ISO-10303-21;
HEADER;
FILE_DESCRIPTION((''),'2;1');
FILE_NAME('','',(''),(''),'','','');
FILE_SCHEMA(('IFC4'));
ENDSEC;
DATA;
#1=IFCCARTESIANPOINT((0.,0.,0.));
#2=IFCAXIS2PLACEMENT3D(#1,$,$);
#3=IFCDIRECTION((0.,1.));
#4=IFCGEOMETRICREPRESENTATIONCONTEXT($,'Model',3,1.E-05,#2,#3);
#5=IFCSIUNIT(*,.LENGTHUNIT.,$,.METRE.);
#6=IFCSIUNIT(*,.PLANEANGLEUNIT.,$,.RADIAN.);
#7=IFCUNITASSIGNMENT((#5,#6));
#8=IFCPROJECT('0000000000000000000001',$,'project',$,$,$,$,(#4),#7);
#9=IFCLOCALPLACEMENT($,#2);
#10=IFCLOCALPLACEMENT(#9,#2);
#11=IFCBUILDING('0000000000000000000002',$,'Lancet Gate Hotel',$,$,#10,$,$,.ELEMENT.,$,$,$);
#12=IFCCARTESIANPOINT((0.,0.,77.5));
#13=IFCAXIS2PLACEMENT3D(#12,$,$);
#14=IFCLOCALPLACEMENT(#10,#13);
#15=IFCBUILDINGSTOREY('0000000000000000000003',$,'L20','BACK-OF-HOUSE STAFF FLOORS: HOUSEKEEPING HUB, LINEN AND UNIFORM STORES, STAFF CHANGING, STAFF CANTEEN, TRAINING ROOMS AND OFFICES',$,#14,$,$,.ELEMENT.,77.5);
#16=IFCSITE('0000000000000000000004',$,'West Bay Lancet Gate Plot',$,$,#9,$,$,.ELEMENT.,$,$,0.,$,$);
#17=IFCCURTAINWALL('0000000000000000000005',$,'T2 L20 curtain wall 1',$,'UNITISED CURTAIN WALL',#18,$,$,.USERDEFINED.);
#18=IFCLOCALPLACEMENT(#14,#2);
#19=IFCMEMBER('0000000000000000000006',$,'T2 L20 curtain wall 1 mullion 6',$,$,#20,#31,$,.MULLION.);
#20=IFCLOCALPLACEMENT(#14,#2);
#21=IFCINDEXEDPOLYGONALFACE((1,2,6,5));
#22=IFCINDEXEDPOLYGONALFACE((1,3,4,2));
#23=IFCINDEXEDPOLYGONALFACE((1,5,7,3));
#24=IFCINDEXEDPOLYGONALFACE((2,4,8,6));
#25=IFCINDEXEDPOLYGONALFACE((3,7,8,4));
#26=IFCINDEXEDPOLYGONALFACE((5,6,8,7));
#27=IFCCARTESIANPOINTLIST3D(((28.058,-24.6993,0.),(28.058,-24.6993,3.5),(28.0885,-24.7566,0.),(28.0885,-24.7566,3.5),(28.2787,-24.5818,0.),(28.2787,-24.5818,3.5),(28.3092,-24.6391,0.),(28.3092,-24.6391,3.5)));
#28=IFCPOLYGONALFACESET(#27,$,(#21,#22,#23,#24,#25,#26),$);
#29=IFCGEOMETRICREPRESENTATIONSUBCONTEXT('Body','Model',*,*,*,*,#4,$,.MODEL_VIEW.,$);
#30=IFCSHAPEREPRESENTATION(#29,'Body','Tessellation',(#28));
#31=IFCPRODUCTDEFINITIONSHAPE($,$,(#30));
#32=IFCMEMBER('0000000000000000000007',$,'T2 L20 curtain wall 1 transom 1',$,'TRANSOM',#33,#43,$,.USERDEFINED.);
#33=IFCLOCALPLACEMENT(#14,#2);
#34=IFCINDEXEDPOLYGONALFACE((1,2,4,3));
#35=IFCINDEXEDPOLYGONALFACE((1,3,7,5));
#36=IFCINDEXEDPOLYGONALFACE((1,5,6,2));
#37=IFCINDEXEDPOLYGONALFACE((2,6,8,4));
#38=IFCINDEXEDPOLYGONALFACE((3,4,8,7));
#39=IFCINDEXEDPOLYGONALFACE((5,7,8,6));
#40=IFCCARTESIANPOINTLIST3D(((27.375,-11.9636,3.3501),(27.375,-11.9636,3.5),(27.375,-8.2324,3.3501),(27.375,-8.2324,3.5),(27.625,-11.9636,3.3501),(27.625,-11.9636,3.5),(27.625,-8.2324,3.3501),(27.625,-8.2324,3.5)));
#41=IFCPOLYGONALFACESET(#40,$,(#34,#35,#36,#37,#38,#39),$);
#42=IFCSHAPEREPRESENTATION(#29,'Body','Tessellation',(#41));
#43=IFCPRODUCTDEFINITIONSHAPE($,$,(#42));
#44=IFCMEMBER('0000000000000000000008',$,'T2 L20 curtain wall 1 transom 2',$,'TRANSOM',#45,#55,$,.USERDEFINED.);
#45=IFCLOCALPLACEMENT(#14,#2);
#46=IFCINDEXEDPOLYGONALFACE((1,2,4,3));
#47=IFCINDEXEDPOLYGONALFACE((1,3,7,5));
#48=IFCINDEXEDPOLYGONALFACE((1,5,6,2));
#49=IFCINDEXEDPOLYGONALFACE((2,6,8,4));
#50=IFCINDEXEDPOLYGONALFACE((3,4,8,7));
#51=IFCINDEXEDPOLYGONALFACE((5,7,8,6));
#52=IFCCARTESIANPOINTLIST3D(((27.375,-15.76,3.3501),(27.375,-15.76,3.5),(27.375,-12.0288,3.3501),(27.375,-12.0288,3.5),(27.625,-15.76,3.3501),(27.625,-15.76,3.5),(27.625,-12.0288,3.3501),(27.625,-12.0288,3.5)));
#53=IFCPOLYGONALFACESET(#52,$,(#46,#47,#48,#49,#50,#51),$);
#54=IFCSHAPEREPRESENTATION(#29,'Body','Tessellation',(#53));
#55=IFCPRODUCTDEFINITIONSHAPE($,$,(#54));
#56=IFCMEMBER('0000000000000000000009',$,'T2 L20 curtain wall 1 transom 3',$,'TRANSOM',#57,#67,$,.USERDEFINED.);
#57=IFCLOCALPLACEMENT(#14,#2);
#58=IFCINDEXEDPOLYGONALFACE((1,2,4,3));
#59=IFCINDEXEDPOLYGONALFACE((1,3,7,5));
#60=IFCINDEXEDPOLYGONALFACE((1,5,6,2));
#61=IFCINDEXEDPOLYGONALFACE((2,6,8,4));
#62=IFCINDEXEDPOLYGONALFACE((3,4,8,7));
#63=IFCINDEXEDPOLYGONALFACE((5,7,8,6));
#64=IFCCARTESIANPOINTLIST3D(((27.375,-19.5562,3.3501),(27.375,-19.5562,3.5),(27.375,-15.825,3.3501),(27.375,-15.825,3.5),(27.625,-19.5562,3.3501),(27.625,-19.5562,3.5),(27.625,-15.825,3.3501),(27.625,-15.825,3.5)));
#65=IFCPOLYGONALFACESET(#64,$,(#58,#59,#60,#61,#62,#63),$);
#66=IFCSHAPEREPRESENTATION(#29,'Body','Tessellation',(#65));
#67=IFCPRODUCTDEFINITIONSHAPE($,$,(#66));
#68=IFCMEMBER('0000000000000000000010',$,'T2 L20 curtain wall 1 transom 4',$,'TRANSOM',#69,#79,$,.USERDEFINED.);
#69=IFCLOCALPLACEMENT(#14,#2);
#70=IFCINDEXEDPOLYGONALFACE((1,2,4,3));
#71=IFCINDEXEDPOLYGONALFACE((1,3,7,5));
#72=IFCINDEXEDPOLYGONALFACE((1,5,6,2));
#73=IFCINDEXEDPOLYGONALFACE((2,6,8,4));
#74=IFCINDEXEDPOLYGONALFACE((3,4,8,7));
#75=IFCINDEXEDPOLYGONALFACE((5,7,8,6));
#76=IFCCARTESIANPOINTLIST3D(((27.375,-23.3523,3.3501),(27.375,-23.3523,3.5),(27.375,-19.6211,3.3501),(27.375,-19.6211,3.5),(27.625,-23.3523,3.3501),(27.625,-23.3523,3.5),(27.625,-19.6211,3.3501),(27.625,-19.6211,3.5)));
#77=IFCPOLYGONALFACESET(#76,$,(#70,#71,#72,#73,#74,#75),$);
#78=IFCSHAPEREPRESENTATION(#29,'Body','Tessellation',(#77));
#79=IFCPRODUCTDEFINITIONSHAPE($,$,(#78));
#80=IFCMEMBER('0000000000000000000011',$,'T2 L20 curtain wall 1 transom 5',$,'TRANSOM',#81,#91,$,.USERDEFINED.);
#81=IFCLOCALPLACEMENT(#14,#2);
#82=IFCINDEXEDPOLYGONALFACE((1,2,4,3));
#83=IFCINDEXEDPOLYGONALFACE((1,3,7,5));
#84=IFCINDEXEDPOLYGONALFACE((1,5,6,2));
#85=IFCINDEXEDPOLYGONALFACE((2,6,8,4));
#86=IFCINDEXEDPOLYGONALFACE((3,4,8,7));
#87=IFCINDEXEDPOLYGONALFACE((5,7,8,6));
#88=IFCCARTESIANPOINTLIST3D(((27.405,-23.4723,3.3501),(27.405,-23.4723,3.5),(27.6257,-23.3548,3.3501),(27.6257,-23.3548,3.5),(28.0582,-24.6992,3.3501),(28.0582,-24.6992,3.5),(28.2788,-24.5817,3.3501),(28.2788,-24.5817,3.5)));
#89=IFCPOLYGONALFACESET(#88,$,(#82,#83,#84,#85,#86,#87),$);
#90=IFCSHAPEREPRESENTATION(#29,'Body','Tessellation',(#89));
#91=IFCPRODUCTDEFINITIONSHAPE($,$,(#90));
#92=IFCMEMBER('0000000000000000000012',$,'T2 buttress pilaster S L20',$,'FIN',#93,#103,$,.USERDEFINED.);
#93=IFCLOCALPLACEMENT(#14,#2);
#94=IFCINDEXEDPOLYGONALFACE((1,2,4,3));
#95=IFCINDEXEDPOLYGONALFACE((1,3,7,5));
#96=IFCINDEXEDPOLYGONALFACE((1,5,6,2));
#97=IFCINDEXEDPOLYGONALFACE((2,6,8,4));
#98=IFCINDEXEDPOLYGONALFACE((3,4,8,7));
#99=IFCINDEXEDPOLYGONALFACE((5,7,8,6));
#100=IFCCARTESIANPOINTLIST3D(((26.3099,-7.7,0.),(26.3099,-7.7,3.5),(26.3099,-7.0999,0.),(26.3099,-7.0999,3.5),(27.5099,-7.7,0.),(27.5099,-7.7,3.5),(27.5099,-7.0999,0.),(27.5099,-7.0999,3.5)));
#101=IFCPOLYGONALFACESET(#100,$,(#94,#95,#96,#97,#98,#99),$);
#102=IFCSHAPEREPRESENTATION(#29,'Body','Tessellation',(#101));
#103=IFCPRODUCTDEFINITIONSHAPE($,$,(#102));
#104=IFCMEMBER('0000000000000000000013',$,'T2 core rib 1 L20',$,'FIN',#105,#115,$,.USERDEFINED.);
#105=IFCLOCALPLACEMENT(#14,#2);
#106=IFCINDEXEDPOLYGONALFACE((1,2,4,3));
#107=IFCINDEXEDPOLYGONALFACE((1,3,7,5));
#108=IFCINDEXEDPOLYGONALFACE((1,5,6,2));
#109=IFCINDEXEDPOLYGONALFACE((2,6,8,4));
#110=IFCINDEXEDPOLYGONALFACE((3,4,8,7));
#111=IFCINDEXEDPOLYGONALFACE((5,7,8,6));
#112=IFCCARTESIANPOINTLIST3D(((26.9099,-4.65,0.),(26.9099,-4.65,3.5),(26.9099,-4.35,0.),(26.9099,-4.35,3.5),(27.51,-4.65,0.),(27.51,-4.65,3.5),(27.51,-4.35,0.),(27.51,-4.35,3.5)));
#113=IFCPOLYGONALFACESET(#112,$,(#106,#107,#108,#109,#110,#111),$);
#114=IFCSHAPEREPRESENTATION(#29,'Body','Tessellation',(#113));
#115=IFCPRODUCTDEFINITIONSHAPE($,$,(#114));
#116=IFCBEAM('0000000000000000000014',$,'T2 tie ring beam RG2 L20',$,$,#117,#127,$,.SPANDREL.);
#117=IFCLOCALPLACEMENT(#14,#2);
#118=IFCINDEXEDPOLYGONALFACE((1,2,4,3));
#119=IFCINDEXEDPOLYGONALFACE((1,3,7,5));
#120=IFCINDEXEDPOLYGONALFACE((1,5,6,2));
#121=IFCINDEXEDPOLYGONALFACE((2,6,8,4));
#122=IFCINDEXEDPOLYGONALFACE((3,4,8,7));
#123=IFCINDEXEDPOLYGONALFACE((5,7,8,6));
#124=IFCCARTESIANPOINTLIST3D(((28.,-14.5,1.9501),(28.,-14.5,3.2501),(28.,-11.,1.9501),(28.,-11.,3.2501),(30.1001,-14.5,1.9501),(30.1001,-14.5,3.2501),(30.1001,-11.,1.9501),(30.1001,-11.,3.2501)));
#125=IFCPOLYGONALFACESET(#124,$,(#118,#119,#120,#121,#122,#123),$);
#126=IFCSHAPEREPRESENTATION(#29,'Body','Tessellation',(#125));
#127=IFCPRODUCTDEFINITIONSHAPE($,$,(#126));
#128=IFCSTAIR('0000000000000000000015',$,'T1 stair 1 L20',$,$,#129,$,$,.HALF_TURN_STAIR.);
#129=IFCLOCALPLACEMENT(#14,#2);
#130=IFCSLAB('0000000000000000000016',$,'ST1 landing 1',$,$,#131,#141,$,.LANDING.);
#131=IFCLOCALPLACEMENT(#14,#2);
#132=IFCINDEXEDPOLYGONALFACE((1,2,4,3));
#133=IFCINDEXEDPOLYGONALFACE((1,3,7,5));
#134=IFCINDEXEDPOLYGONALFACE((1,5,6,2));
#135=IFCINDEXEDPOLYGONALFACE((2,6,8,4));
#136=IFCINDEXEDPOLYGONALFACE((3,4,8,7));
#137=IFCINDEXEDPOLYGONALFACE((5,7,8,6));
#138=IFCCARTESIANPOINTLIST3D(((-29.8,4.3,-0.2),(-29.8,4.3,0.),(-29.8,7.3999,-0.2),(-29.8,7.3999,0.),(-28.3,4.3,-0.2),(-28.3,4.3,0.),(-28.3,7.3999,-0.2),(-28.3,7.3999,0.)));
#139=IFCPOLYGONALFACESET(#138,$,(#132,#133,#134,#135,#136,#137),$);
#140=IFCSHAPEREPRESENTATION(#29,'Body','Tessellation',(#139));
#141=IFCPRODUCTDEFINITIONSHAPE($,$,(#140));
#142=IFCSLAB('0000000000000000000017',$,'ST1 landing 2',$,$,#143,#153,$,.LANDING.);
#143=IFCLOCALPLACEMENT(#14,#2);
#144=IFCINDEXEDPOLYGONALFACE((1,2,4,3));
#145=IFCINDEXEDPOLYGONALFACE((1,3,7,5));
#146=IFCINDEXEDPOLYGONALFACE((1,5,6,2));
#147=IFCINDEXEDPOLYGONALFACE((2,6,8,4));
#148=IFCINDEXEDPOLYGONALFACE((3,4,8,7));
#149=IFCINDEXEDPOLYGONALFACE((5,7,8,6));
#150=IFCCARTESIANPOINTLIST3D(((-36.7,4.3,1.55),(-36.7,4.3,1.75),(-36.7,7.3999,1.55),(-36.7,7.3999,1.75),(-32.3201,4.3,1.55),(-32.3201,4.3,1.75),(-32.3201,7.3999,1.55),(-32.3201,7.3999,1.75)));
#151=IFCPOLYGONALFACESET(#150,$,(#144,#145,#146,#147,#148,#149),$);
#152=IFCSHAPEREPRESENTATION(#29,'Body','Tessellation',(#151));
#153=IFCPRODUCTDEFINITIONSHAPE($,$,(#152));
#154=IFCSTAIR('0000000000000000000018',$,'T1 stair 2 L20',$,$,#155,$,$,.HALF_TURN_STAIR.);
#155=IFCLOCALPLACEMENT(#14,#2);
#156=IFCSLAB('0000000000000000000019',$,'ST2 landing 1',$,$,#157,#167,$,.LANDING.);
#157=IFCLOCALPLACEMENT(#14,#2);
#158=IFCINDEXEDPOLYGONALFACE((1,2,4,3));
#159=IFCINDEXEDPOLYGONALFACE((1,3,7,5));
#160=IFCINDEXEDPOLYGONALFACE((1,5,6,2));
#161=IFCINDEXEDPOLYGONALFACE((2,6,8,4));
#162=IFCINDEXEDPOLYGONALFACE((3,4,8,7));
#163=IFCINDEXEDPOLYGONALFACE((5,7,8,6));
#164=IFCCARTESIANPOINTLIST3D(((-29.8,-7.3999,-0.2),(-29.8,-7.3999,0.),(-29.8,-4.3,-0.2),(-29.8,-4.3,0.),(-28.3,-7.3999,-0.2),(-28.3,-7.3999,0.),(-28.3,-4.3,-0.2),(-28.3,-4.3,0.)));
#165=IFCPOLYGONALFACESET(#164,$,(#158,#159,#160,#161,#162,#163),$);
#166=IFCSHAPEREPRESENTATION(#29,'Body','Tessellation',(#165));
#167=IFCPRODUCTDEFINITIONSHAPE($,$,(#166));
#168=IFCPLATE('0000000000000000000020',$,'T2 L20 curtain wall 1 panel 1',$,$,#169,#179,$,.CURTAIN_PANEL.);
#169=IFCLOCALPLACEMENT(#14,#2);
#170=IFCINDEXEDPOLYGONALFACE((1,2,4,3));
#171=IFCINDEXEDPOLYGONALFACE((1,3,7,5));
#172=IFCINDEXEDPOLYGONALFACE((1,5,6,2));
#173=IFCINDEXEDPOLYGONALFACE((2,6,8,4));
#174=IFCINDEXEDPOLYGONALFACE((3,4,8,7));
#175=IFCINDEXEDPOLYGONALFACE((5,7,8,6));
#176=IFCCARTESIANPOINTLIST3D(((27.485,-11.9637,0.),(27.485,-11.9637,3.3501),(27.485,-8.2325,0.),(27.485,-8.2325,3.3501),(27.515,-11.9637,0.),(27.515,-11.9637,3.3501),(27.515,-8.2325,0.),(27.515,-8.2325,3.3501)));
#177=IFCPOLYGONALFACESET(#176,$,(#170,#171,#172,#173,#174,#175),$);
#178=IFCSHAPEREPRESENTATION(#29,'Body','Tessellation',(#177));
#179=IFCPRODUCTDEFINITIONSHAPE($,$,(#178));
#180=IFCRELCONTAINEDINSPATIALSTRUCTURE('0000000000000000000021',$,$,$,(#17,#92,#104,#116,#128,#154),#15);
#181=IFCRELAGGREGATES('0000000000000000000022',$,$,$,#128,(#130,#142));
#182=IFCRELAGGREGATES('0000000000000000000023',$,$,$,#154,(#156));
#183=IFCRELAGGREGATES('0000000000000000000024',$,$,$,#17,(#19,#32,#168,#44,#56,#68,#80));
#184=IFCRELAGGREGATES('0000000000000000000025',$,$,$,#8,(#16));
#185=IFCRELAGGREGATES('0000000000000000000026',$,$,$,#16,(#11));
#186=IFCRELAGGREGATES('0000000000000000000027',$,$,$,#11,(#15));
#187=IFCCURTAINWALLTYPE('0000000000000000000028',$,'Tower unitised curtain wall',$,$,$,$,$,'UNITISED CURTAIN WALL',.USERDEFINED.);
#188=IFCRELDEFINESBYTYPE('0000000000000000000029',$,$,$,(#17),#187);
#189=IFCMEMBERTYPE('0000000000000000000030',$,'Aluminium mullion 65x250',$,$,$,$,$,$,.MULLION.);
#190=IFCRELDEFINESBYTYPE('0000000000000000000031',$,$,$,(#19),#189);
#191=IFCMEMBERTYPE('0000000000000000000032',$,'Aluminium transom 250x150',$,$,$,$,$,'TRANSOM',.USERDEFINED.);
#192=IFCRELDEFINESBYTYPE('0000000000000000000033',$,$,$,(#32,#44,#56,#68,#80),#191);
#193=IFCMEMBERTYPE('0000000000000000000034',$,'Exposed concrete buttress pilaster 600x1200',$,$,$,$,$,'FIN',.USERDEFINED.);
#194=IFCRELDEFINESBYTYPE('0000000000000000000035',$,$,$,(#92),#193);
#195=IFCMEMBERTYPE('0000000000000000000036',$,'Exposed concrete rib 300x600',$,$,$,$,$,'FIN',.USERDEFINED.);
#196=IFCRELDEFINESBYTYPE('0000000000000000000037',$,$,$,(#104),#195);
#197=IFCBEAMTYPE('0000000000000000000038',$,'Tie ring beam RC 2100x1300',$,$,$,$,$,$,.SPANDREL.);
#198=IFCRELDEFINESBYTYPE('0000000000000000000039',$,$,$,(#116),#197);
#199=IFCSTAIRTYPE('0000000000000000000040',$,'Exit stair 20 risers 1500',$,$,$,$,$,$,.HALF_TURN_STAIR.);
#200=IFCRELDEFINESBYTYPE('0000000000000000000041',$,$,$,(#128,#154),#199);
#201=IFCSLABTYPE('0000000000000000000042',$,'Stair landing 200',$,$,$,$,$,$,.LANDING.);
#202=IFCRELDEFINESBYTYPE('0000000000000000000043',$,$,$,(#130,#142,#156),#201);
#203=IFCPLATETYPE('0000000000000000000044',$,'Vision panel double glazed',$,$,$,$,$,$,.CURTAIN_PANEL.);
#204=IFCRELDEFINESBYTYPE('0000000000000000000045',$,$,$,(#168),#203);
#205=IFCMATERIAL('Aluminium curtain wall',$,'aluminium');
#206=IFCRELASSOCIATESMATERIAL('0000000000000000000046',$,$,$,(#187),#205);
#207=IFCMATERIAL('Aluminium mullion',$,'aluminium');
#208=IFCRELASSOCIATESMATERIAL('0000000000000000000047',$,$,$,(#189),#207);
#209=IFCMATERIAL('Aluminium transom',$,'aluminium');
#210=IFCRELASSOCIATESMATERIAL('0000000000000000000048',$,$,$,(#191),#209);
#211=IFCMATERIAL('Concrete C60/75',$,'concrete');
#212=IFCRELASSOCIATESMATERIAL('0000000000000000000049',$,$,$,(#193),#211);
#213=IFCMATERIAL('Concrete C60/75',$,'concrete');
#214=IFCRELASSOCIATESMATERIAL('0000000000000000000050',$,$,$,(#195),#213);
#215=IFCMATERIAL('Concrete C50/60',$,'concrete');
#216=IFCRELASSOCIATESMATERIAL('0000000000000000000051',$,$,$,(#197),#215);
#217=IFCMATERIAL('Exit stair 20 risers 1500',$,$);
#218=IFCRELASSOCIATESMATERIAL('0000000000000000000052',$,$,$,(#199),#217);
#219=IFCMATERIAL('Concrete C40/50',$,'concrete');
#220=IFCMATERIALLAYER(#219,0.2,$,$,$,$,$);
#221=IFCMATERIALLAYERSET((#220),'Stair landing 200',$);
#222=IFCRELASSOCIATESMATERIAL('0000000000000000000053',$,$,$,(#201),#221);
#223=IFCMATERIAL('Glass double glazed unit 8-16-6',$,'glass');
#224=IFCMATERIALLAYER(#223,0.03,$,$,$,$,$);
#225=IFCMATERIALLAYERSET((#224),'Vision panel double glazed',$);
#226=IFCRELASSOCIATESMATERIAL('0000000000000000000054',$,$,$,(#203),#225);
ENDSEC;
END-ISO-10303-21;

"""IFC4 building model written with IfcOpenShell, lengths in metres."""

from ifc_helpers import new_model, si_unit, direction, frame, origin, origin_2d, place, context, subcontext, project, spatial, polyline, rectangle, outline, extrude, material, layer, layer_set, material_profile, profile_set, type_object, element, aggregate, save


model = new_model("IFC4")

# Units and contexts
model_context = context("Model", 3, precision=1e-05, world=origin(), true_north=direction((0.0, 1.0)))
body_context = subcontext(model_context, "Body", "Model", "MODEL_VIEW")
ifc_project = project(units=[si_unit("LENGTHUNIT", "METRE"), si_unit("PLANEANGLEUNIT", "RADIAN")], contexts=[model_context])

# Site, building, storey
site_placement = place(None, origin())
site = spatial("IfcSite", under=ifc_project, at=site_placement, Name="West Bay Lancet Gate Plot", CompositionType="ELEMENT", RefElevation=0.0)
building_placement = place(site_placement, origin())
building = spatial("IfcBuilding", under=site, at=building_placement, Name="Lancet Gate Hotel", CompositionType="ELEMENT")
storey_placement = place(building_placement, frame((0.0, 0.0, 77.5)))
storey = spatial("IfcBuildingStorey", under=building, at=storey_placement, Name="L20", Description="BACK-OF-HOUSE STAFF FLOORS: HOUSEKEEPING HUB, LINEN AND UNIFORM STORES, STAFF CHANGING, STAFF CANTEEN, TRAINING ROOMS AND OFFICES", CompositionType="ELEMENT", Elevation=77.5)

# Curtain wall, members
ifc_material_1 = material(Name="Aluminium curtain wall", Category="aluminium")
curtain_wall_type = type_object("IfcCurtainWallType", Name="Tower unitised curtain wall", ElementType="UNITISED CURTAIN WALL", PredefinedType="USERDEFINED", material=ifc_material_1)
curtain_wall_placement = place(storey_placement, origin())
curtain_wall = element("IfcCurtainWall", 1, at=curtain_wall_placement, inside=storey, type_object=curtain_wall_type, Name="T2 L20 curtain wall 1", ObjectType="UNITISED CURTAIN WALL", PredefinedType="USERDEFINED")
ifc_material_2 = material(Name="Aluminium mullion", Category="aluminium")
ifc_material_profile_1 = material_profile(ifc_material_2, rectangle(XDim=0.0649, YDim=0.25, at=origin_2d()), Name="MULLION 65x250")
ifc_profile_set_1 = profile_set([ifc_material_profile_1], Name="Aluminium mullion")
member_type_1 = type_object("IfcMemberType", Name="Aluminium mullion 65x250", PredefinedType="MULLION", material=ifc_profile_set_1)
member_1_placement = place(storey_placement, frame((28.1836, -24.6692, 0.0), z_axis=(0.0, 0.0, 1.0), x_axis=(0.469898, -0.882721, 0.0)))
member_1 = element("IfcMember", 2, at=member_1_placement, type_object=member_type_1, Name="T2 L20 curtain wall 1 mullion 6", PredefinedType="MULLION", context=body_context, shape_type="SweptSolid", body=[
    extrude(rectangle(XDim=0.0649, YDim=0.25, at=origin_2d()), origin(), (0.0, 0.0, 1.0), 3.5),
])
ifc_material_3 = material(Name="Aluminium transom", Category="aluminium")
ifc_material_profile_2 = material_profile(ifc_material_3, rectangle(XDim=0.25, YDim=0.1499, at=origin_2d()), Name="TRANSOM 250x150")
ifc_profile_set_2 = profile_set([ifc_material_profile_2], Name="Aluminium transom")
member_type_2 = type_object("IfcMemberType", Name="Aluminium transom 250x150", ElementType="TRANSOM", PredefinedType="USERDEFINED", material=ifc_profile_set_2)
member_2_placement = place(storey_placement, frame((27.5, -8.2324, 3.425), z_axis=(0.0, -1.0, 0.0), x_axis=(1.0, 0.0, 0.0)))
member_2 = element("IfcMember", 3, at=member_2_placement, type_object=member_type_2, Name="T2 L20 curtain wall 1 transom 1", ObjectType="TRANSOM", PredefinedType="USERDEFINED", context=body_context, shape_type="SweptSolid", body=[
    extrude(rectangle(XDim=0.25, YDim=0.1499, at=origin_2d()), origin(), (0.0, 0.0, 1.0), 3.7312),
])
member_3_placement = place(storey_placement, frame((27.5, -12.0288, 3.425), z_axis=(0.0, -1.0, 0.0), x_axis=(1.0, 0.0, 0.0)))
member_3 = element("IfcMember", 4, at=member_3_placement, type_object=member_type_2, Name="T2 L20 curtain wall 1 transom 2", ObjectType="TRANSOM", PredefinedType="USERDEFINED", context=body_context, shape_type="SweptSolid", body=[
    extrude(rectangle(XDim=0.25, YDim=0.1499, at=origin_2d()), origin(), (0.0, 0.0, 1.0), 3.7312),
])
member_4_placement = place(storey_placement, frame((27.5, -15.825, 3.425), z_axis=(0.0, -1.0, 0.0), x_axis=(1.0, 0.0, 0.0)))
member_4 = element("IfcMember", 5, at=member_4_placement, type_object=member_type_2, Name="T2 L20 curtain wall 1 transom 3", ObjectType="TRANSOM", PredefinedType="USERDEFINED", context=body_context, shape_type="SweptSolid", body=[
    extrude(rectangle(XDim=0.25, YDim=0.1499, at=origin_2d()), origin(), (0.0, 0.0, 1.0), 3.7312),
])
member_5_placement = place(storey_placement, frame((27.5, -19.6211, 3.425), z_axis=(0.0, -1.0, 0.0), x_axis=(1.0, 0.0, 0.0)))
member_5 = element("IfcMember", 6, at=member_5_placement, type_object=member_type_2, Name="T2 L20 curtain wall 1 transom 4", ObjectType="TRANSOM", PredefinedType="USERDEFINED", context=body_context, shape_type="SweptSolid", body=[
    extrude(rectangle(XDim=0.25, YDim=0.1499, at=origin_2d()), origin(), (0.0, 0.0, 1.0), 3.7312),
])
member_6_placement = place(storey_placement, frame((27.5154, -23.4136, 3.425), z_axis=(0.469904, -0.882717, 0.0), x_axis=(0.882717, 0.469904, 0.0)))
member_6 = element("IfcMember", 7, at=member_6_placement, type_object=member_type_2, Name="T2 L20 curtain wall 1 transom 5", ObjectType="TRANSOM", PredefinedType="USERDEFINED", context=body_context, shape_type="SweptSolid", body=[
    extrude(rectangle(XDim=0.25, YDim=0.1499, at=origin_2d()), origin(), (0.0, 0.0, 1.0), 1.3899),
])

# Members
ifc_material_4 = material(Name="Concrete C60/75", Category="concrete")
ifc_material_profile_3 = material_profile(ifc_material_4, rectangle(XDim=0.6001, YDim=1.2, at=origin_2d()), Name="FIN 600x1200")
ifc_profile_set_3 = profile_set([ifc_material_profile_3], Name="Concrete C60/75")
member_type_3 = type_object("IfcMemberType", Name="Exposed concrete buttress pilaster 600x1200", ElementType="FIN", PredefinedType="USERDEFINED", material=ifc_profile_set_3)
member_7_placement = place(storey_placement, frame((26.9099, -7.3999, 0.0), z_axis=(0.0, 0.0, 1.0), x_axis=(0.0, 1.0, 0.0)))
element("IfcMember", 8, at=member_7_placement, inside=storey, type_object=member_type_3, Name="T2 buttress pilaster S L20", ObjectType="FIN", PredefinedType="USERDEFINED", context=body_context, shape_type="SweptSolid", body=[
    extrude(rectangle(XDim=0.6001, YDim=1.2, at=origin_2d()), origin(), (0.0, 0.0, 1.0), 3.5),
])
ifc_material_5 = material(Name="Concrete C60/75", Category="concrete")
ifc_material_profile_4 = material_profile(ifc_material_5, rectangle(XDim=0.3, YDim=0.6001, at=origin_2d()), Name="FIN 300x600")
ifc_profile_set_4 = profile_set([ifc_material_profile_4], Name="Concrete C60/75")
member_type_4 = type_object("IfcMemberType", Name="Exposed concrete rib 300x600", ElementType="FIN", PredefinedType="USERDEFINED", material=ifc_profile_set_4)
member_8_placement = place(storey_placement, frame((27.21, -4.5, 0.0), z_axis=(0.0, 0.0, 1.0), x_axis=(0.0, 1.0, 0.0)))
element("IfcMember", 9, at=member_8_placement, inside=storey, type_object=member_type_4, Name="T2 core rib 1 L20", ObjectType="FIN", PredefinedType="USERDEFINED", context=body_context, shape_type="SweptSolid", body=[
    extrude(rectangle(XDim=0.3, YDim=0.6001, at=origin_2d()), origin(), (0.0, 0.0, 1.0), 3.5),
])

# Beam
ifc_material_6 = material(Name="Concrete C50/60", Category="concrete")
ifc_material_profile_5 = material_profile(ifc_material_6, rectangle(XDim=2.1001, YDim=1.3, at=origin_2d()), Name="RC 2100x1300")
ifc_profile_set_5 = profile_set([ifc_material_profile_5], Name="Concrete C50/60")
beam_type = type_object("IfcBeamType", Name="Tie ring beam RC 2100x1300", PredefinedType="SPANDREL", material=ifc_profile_set_5)
beam_placement = place(storey_placement, frame((29.05, -14.5, 2.6001), z_axis=(0.0, 1.0, 0.0), x_axis=(-1.0, 0.0, 0.0)))
element("IfcBeam", 10, at=beam_placement, inside=storey, type_object=beam_type, Name="T2 tie ring beam RG2 L20", PredefinedType="SPANDREL", context=body_context, shape_type="SweptSolid", body=[
    extrude(rectangle(XDim=2.1001, YDim=1.3, at=origin_2d()), origin(), (0.0, 0.0, 1.0), 3.5),
])

# Stair, slabs
ifc_material_7 = material(Name="Exit stair 20 risers 1500")
stair_type = type_object("IfcStairType", Name="Exit stair 20 risers 1500", PredefinedType="HALF_TURN_STAIR", material=ifc_material_7)
stair_1_placement = place(storey_placement, origin())
stair_1 = element("IfcStair", 11, at=stair_1_placement, inside=storey, type_object=stair_type, Name="T1 stair 1 L20", PredefinedType="HALF_TURN_STAIR")
ifc_material_8 = material(Name="Concrete C40/50", Category="concrete")
ifc_layer_1 = layer(ifc_material_8, 0.2)
ifc_layer_set_1 = layer_set([ifc_layer_1], Name="Stair landing 200")
slab_type = type_object("IfcSlabType", Name="Stair landing 200", PredefinedType="LANDING", material=ifc_layer_set_1)
slab_1_placement = place(storey_placement, frame((0.0, 0.0, -0.2)))
slab_1 = element("IfcSlab", 12, at=slab_1_placement, type_object=slab_type, Name="ST1 landing 1", PredefinedType="LANDING", context=body_context, shape_type="SweptSolid", body=[
    extrude(outline(polyline([(-28.3, 7.3999), (-29.8, 7.3999), (-29.8, 4.3), (-28.3, 4.3), (-28.3, 7.3999)])), origin(), (0.0, 0.0, 1.0), 0.2),
])
slab_2_placement = place(storey_placement, frame((0.0, 0.0, 1.55)))
slab_2 = element("IfcSlab", 13, at=slab_2_placement, type_object=slab_type, Name="ST1 landing 2", PredefinedType="LANDING", context=body_context, shape_type="SweptSolid", body=[
    extrude(outline(polyline([(-32.3201, 7.3999), (-36.7, 7.3999), (-36.7, 4.3), (-32.3201, 4.3), (-32.3201, 7.3999)])), origin(), (0.0, 0.0, 1.0), 0.2),
])
aggregate(stair_1, [slab_1, slab_2])

# Stair, slab
stair_2_placement = place(storey_placement, origin())
stair_2 = element("IfcStair", 14, at=stair_2_placement, inside=storey, type_object=stair_type, Name="T1 stair 2 L20", PredefinedType="HALF_TURN_STAIR")
slab_3_placement = place(storey_placement, frame((0.0, 0.0, -0.2)))
slab_3 = element("IfcSlab", 15, at=slab_3_placement, type_object=slab_type, Name="ST2 landing 1", PredefinedType="LANDING", context=body_context, shape_type="SweptSolid", body=[
    extrude(outline(polyline([(-28.3, -4.3), (-29.8, -4.3), (-29.8, -7.3999), (-28.3, -7.3999), (-28.3, -4.3)])), origin(), (0.0, 0.0, 1.0), 0.2),
])
aggregate(stair_2, [slab_3])

# Plate
ifc_material_9 = material(Name="Glass double glazed unit 8-16-6", Category="glass")
ifc_layer_2 = layer(ifc_material_9, 0.03)
ifc_layer_set_2 = layer_set([ifc_layer_2], Name="Vision panel double glazed")
plate_type = type_object("IfcPlateType", Name="Vision panel double glazed", PredefinedType="CURTAIN_PANEL", material=ifc_layer_set_2)
plate_1_placement = place(storey_placement, frame((27.5, -10.0981, 0.0), z_axis=(0.0, 0.0, 1.0), x_axis=(0.0, -1.0, 0.0)))
plate_1 = element("IfcPlate", 16, at=plate_1_placement, type_object=plate_type, Name="T2 L20 curtain wall 1 panel 1", PredefinedType="CURTAIN_PANEL", context=body_context, shape_type="SweptSolid", body=[
    extrude(rectangle(XDim=3.7312, YDim=0.03, at=origin_2d()), origin(), (0.0, 0.0, 1.0), 3.3501),
])
aggregate(curtain_wall, [member_1, member_2, plate_1, member_3, member_4, member_5, member_6])

save(model, "model.ifc")
